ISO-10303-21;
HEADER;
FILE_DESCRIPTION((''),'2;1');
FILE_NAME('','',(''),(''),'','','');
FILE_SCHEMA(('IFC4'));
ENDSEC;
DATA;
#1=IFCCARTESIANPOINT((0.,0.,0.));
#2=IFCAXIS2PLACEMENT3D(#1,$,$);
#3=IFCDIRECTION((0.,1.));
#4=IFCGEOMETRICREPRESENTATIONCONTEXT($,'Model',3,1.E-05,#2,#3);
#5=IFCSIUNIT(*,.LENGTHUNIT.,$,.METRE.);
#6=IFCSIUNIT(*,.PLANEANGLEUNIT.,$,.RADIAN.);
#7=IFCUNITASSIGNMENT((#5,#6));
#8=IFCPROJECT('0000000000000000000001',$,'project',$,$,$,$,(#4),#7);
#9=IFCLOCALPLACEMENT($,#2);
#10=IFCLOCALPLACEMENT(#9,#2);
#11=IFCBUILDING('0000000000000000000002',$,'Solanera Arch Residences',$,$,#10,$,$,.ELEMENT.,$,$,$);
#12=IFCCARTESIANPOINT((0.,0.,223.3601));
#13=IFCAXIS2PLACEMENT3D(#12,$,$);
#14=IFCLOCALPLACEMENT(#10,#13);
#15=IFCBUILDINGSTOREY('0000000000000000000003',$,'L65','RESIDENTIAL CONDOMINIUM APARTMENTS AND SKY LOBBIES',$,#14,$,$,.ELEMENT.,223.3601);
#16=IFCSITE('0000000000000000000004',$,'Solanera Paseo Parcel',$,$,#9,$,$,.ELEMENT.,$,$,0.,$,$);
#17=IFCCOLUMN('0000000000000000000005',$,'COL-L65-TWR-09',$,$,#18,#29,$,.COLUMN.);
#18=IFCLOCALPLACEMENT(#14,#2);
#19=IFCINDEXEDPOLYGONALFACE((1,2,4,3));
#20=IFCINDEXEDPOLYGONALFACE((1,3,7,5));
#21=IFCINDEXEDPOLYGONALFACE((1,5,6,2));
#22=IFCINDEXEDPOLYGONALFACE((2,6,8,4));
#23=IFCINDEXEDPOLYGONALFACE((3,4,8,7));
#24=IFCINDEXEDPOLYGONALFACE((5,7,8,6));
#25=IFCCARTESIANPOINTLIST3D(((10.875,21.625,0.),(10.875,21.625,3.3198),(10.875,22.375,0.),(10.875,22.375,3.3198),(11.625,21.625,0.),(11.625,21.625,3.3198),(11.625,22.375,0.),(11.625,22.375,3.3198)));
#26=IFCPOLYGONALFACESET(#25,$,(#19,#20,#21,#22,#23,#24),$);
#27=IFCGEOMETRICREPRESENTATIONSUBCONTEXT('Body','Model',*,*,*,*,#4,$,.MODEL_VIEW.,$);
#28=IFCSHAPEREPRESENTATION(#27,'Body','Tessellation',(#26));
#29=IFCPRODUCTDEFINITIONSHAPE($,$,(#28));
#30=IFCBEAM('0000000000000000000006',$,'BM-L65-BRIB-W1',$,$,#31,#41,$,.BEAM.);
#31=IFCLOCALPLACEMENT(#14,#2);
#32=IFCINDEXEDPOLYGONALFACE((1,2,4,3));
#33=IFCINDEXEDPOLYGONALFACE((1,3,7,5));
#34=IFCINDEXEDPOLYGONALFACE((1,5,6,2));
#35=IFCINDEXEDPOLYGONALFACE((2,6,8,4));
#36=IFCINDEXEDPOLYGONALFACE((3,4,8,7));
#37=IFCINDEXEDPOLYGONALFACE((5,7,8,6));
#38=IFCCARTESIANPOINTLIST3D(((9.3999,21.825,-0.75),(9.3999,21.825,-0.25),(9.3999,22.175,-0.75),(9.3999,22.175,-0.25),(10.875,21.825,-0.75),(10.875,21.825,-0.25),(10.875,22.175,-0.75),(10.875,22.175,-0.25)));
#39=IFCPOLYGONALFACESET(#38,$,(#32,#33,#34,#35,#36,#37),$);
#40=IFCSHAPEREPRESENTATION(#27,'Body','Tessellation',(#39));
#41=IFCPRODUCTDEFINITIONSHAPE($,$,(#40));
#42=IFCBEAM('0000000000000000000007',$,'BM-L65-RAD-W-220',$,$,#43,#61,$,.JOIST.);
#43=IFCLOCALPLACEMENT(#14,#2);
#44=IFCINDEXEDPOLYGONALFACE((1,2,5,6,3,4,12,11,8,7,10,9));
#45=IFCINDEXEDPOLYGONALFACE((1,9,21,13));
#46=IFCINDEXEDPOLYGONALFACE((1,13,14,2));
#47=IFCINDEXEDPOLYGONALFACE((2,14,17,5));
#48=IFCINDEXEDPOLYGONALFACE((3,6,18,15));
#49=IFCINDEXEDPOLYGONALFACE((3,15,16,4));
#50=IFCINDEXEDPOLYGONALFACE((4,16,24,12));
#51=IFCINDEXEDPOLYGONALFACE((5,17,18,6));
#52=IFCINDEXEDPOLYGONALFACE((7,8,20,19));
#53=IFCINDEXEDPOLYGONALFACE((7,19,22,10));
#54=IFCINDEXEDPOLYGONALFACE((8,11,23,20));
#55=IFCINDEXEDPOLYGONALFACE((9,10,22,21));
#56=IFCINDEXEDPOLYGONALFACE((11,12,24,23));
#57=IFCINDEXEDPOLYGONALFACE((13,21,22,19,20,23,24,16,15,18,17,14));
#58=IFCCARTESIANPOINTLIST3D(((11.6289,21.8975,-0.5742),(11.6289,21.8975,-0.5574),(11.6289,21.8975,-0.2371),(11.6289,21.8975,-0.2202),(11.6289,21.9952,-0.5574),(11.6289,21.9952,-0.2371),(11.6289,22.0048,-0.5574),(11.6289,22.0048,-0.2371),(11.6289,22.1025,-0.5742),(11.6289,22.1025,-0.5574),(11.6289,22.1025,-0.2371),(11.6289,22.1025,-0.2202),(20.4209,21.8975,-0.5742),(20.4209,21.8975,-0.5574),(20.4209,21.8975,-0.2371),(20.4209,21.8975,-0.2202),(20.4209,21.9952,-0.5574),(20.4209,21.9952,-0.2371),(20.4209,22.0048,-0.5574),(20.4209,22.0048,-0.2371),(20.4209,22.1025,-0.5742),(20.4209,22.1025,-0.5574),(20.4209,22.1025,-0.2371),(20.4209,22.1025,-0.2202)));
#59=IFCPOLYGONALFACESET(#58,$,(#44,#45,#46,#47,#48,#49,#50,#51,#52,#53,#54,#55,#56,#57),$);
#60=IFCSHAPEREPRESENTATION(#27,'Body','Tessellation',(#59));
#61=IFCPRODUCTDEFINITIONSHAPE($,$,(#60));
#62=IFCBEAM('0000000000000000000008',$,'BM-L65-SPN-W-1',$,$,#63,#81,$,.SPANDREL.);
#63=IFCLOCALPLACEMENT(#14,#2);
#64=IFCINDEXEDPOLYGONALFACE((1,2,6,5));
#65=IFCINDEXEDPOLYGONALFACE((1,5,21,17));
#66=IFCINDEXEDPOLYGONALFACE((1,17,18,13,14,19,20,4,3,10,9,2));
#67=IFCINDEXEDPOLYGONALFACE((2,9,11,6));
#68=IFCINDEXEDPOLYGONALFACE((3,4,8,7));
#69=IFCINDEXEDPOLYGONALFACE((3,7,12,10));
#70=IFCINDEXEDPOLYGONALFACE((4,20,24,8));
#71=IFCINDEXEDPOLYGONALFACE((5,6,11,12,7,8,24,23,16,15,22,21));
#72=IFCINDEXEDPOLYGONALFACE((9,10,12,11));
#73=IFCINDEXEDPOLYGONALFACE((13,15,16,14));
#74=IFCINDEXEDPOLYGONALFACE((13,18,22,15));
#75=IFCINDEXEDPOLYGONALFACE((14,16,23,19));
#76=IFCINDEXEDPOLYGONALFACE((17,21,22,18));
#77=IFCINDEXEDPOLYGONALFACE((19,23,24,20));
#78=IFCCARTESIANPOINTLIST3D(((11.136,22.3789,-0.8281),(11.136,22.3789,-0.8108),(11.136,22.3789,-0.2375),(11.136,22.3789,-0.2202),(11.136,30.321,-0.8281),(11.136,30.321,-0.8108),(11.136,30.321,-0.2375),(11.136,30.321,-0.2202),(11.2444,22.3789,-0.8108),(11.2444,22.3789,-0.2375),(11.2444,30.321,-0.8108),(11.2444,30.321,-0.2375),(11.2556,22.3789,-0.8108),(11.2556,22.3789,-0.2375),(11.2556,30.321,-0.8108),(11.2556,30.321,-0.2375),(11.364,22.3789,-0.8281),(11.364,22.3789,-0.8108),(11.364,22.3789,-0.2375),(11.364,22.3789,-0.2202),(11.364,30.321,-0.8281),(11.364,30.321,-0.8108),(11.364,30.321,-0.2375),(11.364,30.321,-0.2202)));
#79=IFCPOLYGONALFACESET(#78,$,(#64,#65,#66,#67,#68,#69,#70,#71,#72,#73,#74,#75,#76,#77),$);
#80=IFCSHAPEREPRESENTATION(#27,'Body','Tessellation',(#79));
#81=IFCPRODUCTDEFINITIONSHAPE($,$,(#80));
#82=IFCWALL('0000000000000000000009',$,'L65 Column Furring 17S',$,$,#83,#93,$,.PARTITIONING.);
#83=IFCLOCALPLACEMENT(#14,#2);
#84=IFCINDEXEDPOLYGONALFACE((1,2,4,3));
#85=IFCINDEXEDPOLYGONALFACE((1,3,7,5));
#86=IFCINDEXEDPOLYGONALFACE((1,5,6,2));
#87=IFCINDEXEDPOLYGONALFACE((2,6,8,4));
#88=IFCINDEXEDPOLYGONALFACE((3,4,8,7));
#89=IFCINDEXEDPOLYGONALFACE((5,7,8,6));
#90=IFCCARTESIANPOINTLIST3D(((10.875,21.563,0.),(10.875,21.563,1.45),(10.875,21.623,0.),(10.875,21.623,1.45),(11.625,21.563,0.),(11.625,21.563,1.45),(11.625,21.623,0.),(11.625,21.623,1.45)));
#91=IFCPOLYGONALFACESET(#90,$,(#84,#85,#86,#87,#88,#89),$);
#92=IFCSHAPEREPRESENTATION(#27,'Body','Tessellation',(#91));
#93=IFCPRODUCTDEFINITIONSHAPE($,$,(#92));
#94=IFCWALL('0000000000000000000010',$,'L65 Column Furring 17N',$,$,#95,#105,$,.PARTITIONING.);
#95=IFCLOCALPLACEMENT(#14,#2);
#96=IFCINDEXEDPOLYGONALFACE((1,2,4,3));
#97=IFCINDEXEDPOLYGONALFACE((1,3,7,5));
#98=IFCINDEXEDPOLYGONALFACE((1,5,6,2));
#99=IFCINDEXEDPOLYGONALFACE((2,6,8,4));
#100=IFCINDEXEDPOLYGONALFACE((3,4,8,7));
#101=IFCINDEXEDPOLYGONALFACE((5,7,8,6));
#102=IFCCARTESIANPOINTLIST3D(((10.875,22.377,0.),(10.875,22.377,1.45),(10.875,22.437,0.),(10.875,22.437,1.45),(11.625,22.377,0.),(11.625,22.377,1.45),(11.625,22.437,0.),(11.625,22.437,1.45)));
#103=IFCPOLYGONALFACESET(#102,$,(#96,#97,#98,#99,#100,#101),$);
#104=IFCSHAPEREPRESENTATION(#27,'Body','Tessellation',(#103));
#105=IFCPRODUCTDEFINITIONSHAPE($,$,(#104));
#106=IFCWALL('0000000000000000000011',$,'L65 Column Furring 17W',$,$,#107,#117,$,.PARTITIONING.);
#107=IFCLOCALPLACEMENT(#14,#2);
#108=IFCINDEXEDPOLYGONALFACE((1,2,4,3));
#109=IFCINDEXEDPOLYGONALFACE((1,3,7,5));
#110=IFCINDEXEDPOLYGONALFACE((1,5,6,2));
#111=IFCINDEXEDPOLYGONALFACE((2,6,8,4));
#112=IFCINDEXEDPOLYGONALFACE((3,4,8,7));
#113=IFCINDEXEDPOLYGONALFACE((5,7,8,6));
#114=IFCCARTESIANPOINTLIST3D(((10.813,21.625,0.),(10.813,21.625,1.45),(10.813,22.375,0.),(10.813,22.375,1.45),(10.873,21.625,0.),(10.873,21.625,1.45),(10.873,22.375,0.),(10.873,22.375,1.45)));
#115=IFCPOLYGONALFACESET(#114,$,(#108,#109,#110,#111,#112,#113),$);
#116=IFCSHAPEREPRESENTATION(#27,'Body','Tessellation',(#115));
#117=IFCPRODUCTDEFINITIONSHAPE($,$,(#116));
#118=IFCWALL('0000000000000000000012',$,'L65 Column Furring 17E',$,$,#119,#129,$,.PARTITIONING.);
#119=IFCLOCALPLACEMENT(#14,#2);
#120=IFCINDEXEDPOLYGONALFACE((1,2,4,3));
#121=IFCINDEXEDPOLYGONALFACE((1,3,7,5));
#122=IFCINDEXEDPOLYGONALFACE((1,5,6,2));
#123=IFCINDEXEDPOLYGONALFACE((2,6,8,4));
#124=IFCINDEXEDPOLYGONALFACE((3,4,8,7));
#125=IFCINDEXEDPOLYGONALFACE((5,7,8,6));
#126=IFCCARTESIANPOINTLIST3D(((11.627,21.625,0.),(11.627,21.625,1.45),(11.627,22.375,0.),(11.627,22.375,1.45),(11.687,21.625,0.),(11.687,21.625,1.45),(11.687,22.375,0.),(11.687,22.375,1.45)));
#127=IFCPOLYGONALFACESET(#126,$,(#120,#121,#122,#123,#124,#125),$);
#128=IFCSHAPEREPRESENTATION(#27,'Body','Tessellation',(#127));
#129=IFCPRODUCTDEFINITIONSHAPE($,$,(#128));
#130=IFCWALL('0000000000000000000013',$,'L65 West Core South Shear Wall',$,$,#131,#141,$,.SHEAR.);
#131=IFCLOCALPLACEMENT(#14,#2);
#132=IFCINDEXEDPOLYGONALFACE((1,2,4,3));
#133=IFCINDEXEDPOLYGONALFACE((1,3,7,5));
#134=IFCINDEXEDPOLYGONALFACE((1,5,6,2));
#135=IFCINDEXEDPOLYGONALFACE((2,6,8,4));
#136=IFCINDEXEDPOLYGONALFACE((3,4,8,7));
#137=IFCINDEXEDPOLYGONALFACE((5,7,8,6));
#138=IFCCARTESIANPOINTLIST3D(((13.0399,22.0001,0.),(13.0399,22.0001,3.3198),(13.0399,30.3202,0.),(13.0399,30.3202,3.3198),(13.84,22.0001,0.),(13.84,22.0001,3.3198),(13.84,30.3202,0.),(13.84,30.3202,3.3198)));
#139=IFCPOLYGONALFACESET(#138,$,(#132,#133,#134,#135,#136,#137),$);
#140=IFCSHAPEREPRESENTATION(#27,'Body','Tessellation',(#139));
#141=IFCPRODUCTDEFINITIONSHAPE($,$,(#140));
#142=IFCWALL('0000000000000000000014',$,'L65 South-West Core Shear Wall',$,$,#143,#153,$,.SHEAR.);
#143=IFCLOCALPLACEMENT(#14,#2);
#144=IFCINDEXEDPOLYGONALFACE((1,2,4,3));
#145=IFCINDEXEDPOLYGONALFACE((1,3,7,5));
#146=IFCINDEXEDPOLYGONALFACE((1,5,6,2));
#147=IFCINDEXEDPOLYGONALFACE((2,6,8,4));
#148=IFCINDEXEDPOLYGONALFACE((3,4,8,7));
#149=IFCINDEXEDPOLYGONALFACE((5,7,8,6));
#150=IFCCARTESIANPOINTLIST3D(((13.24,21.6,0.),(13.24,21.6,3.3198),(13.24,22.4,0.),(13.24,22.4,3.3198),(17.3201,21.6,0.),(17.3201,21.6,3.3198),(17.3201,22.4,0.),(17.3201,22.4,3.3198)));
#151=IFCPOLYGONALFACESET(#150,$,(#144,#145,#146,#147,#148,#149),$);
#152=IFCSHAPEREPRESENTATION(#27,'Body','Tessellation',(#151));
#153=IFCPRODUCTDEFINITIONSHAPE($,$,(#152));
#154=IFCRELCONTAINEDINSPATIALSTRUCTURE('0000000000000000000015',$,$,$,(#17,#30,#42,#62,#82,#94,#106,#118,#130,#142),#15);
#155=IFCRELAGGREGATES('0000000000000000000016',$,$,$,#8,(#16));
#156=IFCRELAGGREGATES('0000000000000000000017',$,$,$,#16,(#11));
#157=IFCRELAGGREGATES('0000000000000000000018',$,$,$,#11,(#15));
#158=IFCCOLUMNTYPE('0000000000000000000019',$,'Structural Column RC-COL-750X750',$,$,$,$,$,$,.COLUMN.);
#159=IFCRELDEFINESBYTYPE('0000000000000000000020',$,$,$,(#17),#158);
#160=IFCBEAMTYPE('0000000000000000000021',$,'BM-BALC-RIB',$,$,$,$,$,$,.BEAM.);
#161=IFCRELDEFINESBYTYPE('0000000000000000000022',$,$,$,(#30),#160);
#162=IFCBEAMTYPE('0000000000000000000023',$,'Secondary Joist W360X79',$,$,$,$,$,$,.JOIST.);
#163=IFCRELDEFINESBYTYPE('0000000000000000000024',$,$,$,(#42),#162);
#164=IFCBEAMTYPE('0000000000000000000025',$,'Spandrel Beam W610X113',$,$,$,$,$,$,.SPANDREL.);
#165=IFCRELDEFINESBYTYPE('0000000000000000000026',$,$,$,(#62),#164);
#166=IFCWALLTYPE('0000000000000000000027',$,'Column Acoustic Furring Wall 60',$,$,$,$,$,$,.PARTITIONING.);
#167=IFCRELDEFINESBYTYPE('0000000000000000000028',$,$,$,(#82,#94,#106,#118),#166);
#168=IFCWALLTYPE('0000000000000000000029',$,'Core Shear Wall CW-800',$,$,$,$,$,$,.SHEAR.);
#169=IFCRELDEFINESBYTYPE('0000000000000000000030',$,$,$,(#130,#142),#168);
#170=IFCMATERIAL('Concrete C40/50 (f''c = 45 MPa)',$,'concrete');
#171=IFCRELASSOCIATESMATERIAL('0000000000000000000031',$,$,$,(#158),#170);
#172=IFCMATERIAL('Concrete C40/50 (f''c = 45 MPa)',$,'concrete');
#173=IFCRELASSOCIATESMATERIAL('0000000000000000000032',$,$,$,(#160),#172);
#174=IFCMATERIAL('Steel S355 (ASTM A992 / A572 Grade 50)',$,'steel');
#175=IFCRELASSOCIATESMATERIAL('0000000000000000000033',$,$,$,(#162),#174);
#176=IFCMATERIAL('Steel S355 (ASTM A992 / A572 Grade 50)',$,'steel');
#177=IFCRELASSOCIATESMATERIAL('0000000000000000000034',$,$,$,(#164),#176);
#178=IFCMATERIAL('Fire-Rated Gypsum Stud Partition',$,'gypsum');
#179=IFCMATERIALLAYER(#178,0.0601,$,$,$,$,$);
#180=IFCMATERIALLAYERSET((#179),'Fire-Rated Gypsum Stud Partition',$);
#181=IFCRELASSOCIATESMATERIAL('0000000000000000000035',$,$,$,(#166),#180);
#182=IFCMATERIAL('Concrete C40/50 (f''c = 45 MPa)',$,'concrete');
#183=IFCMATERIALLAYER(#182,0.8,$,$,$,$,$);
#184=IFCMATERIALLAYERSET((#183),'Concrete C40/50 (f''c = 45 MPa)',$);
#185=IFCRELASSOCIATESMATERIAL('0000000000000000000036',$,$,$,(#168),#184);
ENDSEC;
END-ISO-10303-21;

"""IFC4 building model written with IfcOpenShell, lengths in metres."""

from ifc_helpers import new_model, si_unit, direction, frame, frame_2d, origin, origin_2d, place, context, subcontext, project, spatial, rectangle, i_section, extrude, material, layer, layer_set, material_profile, profile_set, type_object, element, save


model = new_model("IFC4")

# Units and contexts
model_context = context("Model", 3, precision=1e-05, world=origin(), true_north=direction((0.0, 1.0)))
body_context = subcontext(model_context, "Body", "Model", "MODEL_VIEW")
ifc_project = project(units=[si_unit("LENGTHUNIT", "METRE"), si_unit("PLANEANGLEUNIT", "RADIAN")], contexts=[model_context])

# Site, building, storey
site_placement = place(None, origin())
site = spatial("IfcSite", under=ifc_project, at=site_placement, Name="Solanera Paseo Parcel", CompositionType="ELEMENT", RefElevation=0.0)
building_placement = place(site_placement, origin())
building = spatial("IfcBuilding", under=site, at=building_placement, Name="Solanera Arch Residences", CompositionType="ELEMENT")
storey_placement = place(building_placement, frame((0.0, 0.0, 223.3601)))
storey = spatial("IfcBuildingStorey", under=building, at=storey_placement, Name="L65", Description="RESIDENTIAL CONDOMINIUM APARTMENTS AND SKY LOBBIES", CompositionType="ELEMENT", Elevation=223.3601)

# Column
ifc_material_1 = material(Name="Concrete C40/50 (f'c = 45 MPa)", Category="concrete")
ifc_material_profile_1 = material_profile(ifc_material_1, rectangle(XDim=0.75, YDim=0.75, at=origin_2d()))
ifc_profile_set_1 = profile_set([ifc_material_profile_1], Name="Concrete C40/50 (f'c = 45 MPa)")
column_type = type_object("IfcColumnType", Name="Structural Column RC-COL-750X750", PredefinedType="COLUMN", material=ifc_profile_set_1)
column_placement = place(storey_placement, frame((11.25, 22.0, 0.0), z_axis=(0.0, 0.0, 1.0), x_axis=(1.0, 0.0, 0.0)))
element("IfcColumn", 1, at=column_placement, inside=storey, type_object=column_type, Name="COL-L65-TWR-09", PredefinedType="COLUMN", context=body_context, shape_type="SweptSolid", body=[
    extrude(rectangle(XDim=0.75, YDim=0.75, at=origin_2d()), origin(), (0.0, 0.0, 1.0), 3.3198),
])

# Beams
ifc_material_2 = material(Name="Concrete C40/50 (f'c = 45 MPa)", Category="concrete")
ifc_material_profile_2 = material_profile(ifc_material_2, rectangle(XDim=0.3501, YDim=0.5, at=origin_2d()))
ifc_profile_set_2 = profile_set([ifc_material_profile_2], Name="Concrete C40/50 (f'c = 45 MPa)")
beam_type_1 = type_object("IfcBeamType", Name="BM-BALC-RIB", PredefinedType="BEAM", material=ifc_profile_set_2)
beam_1_placement = place(storey_placement, frame((9.3999, 22.0, -0.5), z_axis=(1.0, 0.0, 0.0), x_axis=(0.0, 1.0, 0.0)))
element("IfcBeam", 2, at=beam_1_placement, inside=storey, type_object=beam_type_1, Name="BM-L65-BRIB-W1", PredefinedType="BEAM", context=body_context, shape_type="SweptSolid", body=[
    extrude(rectangle(XDim=0.3501, YDim=0.5, at=origin_2d()), origin(), (0.0, 0.0, 1.0), 1.4751),
])
ifc_material_3 = material(Name="Steel S355 (ASTM A992 / A572 Grade 50)", Category="steel")
ifc_material_profile_3 = material_profile(ifc_material_3, i_section(OverallWidth=0.2051, OverallDepth=0.354, WebThickness=0.0095, FlangeThickness=0.0168, at=origin_2d()))
ifc_profile_set_3 = profile_set([ifc_material_profile_3], Name="Steel S355 (ASTM A992 / A572 Grade 50)")
beam_type_2 = type_object("IfcBeamType", Name="Secondary Joist W360X79", PredefinedType="JOIST", material=ifc_profile_set_3)
beam_2_placement = place(storey_placement, frame((11.6289, 22.0, -0.3972), z_axis=(1.0, 0.0, 0.0), x_axis=(0.0, 1.0, 0.0)))
element("IfcBeam", 3, at=beam_2_placement, inside=storey, type_object=beam_type_2, Name="BM-L65-RAD-W-220", PredefinedType="JOIST", context=body_context, shape_type="SweptSolid", body=[
    extrude(i_section(OverallWidth=0.2051, OverallDepth=0.354, WebThickness=0.0095, FlangeThickness=0.0168, at=origin_2d()), origin(), (0.0, 0.0, 1.0), 8.792),
])
ifc_material_4 = material(Name="Steel S355 (ASTM A992 / A572 Grade 50)", Category="steel")
ifc_material_profile_4 = material_profile(ifc_material_4, i_section(OverallWidth=0.228, OverallDepth=0.6079, WebThickness=0.0112, FlangeThickness=0.0173, at=origin_2d()))
ifc_profile_set_4 = profile_set([ifc_material_profile_4], Name="Steel S355 (ASTM A992 / A572 Grade 50)")
beam_type_3 = type_object("IfcBeamType", Name="Spandrel Beam W610X113", PredefinedType="SPANDREL", material=ifc_profile_set_4)
beam_3_placement = place(storey_placement, frame((11.25, 22.3789, -0.5242), z_axis=(0.0, 1.0, 0.0), x_axis=(-1.0, 0.0, 0.0)))
element("IfcBeam", 4, at=beam_3_placement, inside=storey, type_object=beam_type_3, Name="BM-L65-SPN-W-1", PredefinedType="SPANDREL", context=body_context, shape_type="SweptSolid", body=[
    extrude(i_section(OverallWidth=0.228, OverallDepth=0.6079, WebThickness=0.0112, FlangeThickness=0.0173, at=origin_2d()), origin(), (0.0, 0.0, 1.0), 7.9421),
])

# Walls
ifc_material_5 = material(Name="Fire-Rated Gypsum Stud Partition", Category="gypsum")
ifc_layer_1 = layer(ifc_material_5, 0.0601)
ifc_layer_set_1 = layer_set([ifc_layer_1], Name="Fire-Rated Gypsum Stud Partition")
wall_type_1 = type_object("IfcWallType", Name="Column Acoustic Furring Wall 60", PredefinedType="PARTITIONING", material=ifc_layer_set_1)
for number, where, z_axis, x_axis, name in (
    (5, (10.875, 21.593, 0.0), (0.0, 0.0, 1.0), (1.0, 0.0, 0.0), "L65 Column Furring 17S"),
    (6, (10.875, 22.407, 0.0), (0.0, 0.0, 1.0), (1.0, 0.0, 0.0), "L65 Column Furring 17N"),
    (7, (10.843, 21.625, 0.0), (0.0, 0.0, 1.0), (0.0, 1.0, 0.0), "L65 Column Furring 17W"),
    (8, (11.657, 21.625, 0.0), (0.0, 0.0, 1.0), (0.0, 1.0, 0.0), "L65 Column Furring 17E"),
):
    element("IfcWall", number, at=place(storey_placement, frame(where, z_axis=z_axis, x_axis=x_axis)), inside=storey, type_object=wall_type_1, Name=name, PredefinedType="PARTITIONING", context=body_context, shape_type="SweptSolid", body=[
        extrude(rectangle(XDim=0.75, YDim=0.0601, at=frame_2d((0.375, 0.0))), origin(), (0.0, 0.0, 1.0), 1.45),
    ])
ifc_material_6 = material(Name="Concrete C40/50 (f'c = 45 MPa)", Category="concrete")
ifc_layer_2 = layer(ifc_material_6, 0.8)
ifc_layer_set_2 = layer_set([ifc_layer_2], Name="Concrete C40/50 (f'c = 45 MPa)")
wall_type_2 = type_object("IfcWallType", Name="Core Shear Wall CW-800", PredefinedType="SHEAR", material=ifc_layer_set_2)
wall_1_placement = place(storey_placement, frame((13.4399, 22.0, 0.0), z_axis=(0.0, 0.0, 1.0), x_axis=(0.0, 1.0, 0.0)))
element("IfcWall", 9, at=wall_1_placement, inside=storey, type_object=wall_type_2, Name="L65 West Core South Shear Wall", PredefinedType="SHEAR", context=body_context, shape_type="SweptSolid", body=[
    extrude(rectangle(XDim=8.3201, YDim=0.8, at=frame_2d((4.1602, 0.0))), origin(), (0.0, 0.0, 1.0), 3.3198),
])
wall_2_placement = place(storey_placement, frame((13.24, 22.0, 0.0), z_axis=(0.0, 0.0, 1.0), x_axis=(1.0, 0.0, 0.0)))
element("IfcWall", 10, at=wall_2_placement, inside=storey, type_object=wall_type_2, Name="L65 South-West Core Shear Wall", PredefinedType="SHEAR", context=body_context, shape_type="SweptSolid", body=[
    extrude(rectangle(XDim=4.0801, YDim=0.8, at=frame_2d((2.04, 0.0))), origin(), (0.0, 0.0, 1.0), 3.3198),
])

save(model, "model.ifc")
